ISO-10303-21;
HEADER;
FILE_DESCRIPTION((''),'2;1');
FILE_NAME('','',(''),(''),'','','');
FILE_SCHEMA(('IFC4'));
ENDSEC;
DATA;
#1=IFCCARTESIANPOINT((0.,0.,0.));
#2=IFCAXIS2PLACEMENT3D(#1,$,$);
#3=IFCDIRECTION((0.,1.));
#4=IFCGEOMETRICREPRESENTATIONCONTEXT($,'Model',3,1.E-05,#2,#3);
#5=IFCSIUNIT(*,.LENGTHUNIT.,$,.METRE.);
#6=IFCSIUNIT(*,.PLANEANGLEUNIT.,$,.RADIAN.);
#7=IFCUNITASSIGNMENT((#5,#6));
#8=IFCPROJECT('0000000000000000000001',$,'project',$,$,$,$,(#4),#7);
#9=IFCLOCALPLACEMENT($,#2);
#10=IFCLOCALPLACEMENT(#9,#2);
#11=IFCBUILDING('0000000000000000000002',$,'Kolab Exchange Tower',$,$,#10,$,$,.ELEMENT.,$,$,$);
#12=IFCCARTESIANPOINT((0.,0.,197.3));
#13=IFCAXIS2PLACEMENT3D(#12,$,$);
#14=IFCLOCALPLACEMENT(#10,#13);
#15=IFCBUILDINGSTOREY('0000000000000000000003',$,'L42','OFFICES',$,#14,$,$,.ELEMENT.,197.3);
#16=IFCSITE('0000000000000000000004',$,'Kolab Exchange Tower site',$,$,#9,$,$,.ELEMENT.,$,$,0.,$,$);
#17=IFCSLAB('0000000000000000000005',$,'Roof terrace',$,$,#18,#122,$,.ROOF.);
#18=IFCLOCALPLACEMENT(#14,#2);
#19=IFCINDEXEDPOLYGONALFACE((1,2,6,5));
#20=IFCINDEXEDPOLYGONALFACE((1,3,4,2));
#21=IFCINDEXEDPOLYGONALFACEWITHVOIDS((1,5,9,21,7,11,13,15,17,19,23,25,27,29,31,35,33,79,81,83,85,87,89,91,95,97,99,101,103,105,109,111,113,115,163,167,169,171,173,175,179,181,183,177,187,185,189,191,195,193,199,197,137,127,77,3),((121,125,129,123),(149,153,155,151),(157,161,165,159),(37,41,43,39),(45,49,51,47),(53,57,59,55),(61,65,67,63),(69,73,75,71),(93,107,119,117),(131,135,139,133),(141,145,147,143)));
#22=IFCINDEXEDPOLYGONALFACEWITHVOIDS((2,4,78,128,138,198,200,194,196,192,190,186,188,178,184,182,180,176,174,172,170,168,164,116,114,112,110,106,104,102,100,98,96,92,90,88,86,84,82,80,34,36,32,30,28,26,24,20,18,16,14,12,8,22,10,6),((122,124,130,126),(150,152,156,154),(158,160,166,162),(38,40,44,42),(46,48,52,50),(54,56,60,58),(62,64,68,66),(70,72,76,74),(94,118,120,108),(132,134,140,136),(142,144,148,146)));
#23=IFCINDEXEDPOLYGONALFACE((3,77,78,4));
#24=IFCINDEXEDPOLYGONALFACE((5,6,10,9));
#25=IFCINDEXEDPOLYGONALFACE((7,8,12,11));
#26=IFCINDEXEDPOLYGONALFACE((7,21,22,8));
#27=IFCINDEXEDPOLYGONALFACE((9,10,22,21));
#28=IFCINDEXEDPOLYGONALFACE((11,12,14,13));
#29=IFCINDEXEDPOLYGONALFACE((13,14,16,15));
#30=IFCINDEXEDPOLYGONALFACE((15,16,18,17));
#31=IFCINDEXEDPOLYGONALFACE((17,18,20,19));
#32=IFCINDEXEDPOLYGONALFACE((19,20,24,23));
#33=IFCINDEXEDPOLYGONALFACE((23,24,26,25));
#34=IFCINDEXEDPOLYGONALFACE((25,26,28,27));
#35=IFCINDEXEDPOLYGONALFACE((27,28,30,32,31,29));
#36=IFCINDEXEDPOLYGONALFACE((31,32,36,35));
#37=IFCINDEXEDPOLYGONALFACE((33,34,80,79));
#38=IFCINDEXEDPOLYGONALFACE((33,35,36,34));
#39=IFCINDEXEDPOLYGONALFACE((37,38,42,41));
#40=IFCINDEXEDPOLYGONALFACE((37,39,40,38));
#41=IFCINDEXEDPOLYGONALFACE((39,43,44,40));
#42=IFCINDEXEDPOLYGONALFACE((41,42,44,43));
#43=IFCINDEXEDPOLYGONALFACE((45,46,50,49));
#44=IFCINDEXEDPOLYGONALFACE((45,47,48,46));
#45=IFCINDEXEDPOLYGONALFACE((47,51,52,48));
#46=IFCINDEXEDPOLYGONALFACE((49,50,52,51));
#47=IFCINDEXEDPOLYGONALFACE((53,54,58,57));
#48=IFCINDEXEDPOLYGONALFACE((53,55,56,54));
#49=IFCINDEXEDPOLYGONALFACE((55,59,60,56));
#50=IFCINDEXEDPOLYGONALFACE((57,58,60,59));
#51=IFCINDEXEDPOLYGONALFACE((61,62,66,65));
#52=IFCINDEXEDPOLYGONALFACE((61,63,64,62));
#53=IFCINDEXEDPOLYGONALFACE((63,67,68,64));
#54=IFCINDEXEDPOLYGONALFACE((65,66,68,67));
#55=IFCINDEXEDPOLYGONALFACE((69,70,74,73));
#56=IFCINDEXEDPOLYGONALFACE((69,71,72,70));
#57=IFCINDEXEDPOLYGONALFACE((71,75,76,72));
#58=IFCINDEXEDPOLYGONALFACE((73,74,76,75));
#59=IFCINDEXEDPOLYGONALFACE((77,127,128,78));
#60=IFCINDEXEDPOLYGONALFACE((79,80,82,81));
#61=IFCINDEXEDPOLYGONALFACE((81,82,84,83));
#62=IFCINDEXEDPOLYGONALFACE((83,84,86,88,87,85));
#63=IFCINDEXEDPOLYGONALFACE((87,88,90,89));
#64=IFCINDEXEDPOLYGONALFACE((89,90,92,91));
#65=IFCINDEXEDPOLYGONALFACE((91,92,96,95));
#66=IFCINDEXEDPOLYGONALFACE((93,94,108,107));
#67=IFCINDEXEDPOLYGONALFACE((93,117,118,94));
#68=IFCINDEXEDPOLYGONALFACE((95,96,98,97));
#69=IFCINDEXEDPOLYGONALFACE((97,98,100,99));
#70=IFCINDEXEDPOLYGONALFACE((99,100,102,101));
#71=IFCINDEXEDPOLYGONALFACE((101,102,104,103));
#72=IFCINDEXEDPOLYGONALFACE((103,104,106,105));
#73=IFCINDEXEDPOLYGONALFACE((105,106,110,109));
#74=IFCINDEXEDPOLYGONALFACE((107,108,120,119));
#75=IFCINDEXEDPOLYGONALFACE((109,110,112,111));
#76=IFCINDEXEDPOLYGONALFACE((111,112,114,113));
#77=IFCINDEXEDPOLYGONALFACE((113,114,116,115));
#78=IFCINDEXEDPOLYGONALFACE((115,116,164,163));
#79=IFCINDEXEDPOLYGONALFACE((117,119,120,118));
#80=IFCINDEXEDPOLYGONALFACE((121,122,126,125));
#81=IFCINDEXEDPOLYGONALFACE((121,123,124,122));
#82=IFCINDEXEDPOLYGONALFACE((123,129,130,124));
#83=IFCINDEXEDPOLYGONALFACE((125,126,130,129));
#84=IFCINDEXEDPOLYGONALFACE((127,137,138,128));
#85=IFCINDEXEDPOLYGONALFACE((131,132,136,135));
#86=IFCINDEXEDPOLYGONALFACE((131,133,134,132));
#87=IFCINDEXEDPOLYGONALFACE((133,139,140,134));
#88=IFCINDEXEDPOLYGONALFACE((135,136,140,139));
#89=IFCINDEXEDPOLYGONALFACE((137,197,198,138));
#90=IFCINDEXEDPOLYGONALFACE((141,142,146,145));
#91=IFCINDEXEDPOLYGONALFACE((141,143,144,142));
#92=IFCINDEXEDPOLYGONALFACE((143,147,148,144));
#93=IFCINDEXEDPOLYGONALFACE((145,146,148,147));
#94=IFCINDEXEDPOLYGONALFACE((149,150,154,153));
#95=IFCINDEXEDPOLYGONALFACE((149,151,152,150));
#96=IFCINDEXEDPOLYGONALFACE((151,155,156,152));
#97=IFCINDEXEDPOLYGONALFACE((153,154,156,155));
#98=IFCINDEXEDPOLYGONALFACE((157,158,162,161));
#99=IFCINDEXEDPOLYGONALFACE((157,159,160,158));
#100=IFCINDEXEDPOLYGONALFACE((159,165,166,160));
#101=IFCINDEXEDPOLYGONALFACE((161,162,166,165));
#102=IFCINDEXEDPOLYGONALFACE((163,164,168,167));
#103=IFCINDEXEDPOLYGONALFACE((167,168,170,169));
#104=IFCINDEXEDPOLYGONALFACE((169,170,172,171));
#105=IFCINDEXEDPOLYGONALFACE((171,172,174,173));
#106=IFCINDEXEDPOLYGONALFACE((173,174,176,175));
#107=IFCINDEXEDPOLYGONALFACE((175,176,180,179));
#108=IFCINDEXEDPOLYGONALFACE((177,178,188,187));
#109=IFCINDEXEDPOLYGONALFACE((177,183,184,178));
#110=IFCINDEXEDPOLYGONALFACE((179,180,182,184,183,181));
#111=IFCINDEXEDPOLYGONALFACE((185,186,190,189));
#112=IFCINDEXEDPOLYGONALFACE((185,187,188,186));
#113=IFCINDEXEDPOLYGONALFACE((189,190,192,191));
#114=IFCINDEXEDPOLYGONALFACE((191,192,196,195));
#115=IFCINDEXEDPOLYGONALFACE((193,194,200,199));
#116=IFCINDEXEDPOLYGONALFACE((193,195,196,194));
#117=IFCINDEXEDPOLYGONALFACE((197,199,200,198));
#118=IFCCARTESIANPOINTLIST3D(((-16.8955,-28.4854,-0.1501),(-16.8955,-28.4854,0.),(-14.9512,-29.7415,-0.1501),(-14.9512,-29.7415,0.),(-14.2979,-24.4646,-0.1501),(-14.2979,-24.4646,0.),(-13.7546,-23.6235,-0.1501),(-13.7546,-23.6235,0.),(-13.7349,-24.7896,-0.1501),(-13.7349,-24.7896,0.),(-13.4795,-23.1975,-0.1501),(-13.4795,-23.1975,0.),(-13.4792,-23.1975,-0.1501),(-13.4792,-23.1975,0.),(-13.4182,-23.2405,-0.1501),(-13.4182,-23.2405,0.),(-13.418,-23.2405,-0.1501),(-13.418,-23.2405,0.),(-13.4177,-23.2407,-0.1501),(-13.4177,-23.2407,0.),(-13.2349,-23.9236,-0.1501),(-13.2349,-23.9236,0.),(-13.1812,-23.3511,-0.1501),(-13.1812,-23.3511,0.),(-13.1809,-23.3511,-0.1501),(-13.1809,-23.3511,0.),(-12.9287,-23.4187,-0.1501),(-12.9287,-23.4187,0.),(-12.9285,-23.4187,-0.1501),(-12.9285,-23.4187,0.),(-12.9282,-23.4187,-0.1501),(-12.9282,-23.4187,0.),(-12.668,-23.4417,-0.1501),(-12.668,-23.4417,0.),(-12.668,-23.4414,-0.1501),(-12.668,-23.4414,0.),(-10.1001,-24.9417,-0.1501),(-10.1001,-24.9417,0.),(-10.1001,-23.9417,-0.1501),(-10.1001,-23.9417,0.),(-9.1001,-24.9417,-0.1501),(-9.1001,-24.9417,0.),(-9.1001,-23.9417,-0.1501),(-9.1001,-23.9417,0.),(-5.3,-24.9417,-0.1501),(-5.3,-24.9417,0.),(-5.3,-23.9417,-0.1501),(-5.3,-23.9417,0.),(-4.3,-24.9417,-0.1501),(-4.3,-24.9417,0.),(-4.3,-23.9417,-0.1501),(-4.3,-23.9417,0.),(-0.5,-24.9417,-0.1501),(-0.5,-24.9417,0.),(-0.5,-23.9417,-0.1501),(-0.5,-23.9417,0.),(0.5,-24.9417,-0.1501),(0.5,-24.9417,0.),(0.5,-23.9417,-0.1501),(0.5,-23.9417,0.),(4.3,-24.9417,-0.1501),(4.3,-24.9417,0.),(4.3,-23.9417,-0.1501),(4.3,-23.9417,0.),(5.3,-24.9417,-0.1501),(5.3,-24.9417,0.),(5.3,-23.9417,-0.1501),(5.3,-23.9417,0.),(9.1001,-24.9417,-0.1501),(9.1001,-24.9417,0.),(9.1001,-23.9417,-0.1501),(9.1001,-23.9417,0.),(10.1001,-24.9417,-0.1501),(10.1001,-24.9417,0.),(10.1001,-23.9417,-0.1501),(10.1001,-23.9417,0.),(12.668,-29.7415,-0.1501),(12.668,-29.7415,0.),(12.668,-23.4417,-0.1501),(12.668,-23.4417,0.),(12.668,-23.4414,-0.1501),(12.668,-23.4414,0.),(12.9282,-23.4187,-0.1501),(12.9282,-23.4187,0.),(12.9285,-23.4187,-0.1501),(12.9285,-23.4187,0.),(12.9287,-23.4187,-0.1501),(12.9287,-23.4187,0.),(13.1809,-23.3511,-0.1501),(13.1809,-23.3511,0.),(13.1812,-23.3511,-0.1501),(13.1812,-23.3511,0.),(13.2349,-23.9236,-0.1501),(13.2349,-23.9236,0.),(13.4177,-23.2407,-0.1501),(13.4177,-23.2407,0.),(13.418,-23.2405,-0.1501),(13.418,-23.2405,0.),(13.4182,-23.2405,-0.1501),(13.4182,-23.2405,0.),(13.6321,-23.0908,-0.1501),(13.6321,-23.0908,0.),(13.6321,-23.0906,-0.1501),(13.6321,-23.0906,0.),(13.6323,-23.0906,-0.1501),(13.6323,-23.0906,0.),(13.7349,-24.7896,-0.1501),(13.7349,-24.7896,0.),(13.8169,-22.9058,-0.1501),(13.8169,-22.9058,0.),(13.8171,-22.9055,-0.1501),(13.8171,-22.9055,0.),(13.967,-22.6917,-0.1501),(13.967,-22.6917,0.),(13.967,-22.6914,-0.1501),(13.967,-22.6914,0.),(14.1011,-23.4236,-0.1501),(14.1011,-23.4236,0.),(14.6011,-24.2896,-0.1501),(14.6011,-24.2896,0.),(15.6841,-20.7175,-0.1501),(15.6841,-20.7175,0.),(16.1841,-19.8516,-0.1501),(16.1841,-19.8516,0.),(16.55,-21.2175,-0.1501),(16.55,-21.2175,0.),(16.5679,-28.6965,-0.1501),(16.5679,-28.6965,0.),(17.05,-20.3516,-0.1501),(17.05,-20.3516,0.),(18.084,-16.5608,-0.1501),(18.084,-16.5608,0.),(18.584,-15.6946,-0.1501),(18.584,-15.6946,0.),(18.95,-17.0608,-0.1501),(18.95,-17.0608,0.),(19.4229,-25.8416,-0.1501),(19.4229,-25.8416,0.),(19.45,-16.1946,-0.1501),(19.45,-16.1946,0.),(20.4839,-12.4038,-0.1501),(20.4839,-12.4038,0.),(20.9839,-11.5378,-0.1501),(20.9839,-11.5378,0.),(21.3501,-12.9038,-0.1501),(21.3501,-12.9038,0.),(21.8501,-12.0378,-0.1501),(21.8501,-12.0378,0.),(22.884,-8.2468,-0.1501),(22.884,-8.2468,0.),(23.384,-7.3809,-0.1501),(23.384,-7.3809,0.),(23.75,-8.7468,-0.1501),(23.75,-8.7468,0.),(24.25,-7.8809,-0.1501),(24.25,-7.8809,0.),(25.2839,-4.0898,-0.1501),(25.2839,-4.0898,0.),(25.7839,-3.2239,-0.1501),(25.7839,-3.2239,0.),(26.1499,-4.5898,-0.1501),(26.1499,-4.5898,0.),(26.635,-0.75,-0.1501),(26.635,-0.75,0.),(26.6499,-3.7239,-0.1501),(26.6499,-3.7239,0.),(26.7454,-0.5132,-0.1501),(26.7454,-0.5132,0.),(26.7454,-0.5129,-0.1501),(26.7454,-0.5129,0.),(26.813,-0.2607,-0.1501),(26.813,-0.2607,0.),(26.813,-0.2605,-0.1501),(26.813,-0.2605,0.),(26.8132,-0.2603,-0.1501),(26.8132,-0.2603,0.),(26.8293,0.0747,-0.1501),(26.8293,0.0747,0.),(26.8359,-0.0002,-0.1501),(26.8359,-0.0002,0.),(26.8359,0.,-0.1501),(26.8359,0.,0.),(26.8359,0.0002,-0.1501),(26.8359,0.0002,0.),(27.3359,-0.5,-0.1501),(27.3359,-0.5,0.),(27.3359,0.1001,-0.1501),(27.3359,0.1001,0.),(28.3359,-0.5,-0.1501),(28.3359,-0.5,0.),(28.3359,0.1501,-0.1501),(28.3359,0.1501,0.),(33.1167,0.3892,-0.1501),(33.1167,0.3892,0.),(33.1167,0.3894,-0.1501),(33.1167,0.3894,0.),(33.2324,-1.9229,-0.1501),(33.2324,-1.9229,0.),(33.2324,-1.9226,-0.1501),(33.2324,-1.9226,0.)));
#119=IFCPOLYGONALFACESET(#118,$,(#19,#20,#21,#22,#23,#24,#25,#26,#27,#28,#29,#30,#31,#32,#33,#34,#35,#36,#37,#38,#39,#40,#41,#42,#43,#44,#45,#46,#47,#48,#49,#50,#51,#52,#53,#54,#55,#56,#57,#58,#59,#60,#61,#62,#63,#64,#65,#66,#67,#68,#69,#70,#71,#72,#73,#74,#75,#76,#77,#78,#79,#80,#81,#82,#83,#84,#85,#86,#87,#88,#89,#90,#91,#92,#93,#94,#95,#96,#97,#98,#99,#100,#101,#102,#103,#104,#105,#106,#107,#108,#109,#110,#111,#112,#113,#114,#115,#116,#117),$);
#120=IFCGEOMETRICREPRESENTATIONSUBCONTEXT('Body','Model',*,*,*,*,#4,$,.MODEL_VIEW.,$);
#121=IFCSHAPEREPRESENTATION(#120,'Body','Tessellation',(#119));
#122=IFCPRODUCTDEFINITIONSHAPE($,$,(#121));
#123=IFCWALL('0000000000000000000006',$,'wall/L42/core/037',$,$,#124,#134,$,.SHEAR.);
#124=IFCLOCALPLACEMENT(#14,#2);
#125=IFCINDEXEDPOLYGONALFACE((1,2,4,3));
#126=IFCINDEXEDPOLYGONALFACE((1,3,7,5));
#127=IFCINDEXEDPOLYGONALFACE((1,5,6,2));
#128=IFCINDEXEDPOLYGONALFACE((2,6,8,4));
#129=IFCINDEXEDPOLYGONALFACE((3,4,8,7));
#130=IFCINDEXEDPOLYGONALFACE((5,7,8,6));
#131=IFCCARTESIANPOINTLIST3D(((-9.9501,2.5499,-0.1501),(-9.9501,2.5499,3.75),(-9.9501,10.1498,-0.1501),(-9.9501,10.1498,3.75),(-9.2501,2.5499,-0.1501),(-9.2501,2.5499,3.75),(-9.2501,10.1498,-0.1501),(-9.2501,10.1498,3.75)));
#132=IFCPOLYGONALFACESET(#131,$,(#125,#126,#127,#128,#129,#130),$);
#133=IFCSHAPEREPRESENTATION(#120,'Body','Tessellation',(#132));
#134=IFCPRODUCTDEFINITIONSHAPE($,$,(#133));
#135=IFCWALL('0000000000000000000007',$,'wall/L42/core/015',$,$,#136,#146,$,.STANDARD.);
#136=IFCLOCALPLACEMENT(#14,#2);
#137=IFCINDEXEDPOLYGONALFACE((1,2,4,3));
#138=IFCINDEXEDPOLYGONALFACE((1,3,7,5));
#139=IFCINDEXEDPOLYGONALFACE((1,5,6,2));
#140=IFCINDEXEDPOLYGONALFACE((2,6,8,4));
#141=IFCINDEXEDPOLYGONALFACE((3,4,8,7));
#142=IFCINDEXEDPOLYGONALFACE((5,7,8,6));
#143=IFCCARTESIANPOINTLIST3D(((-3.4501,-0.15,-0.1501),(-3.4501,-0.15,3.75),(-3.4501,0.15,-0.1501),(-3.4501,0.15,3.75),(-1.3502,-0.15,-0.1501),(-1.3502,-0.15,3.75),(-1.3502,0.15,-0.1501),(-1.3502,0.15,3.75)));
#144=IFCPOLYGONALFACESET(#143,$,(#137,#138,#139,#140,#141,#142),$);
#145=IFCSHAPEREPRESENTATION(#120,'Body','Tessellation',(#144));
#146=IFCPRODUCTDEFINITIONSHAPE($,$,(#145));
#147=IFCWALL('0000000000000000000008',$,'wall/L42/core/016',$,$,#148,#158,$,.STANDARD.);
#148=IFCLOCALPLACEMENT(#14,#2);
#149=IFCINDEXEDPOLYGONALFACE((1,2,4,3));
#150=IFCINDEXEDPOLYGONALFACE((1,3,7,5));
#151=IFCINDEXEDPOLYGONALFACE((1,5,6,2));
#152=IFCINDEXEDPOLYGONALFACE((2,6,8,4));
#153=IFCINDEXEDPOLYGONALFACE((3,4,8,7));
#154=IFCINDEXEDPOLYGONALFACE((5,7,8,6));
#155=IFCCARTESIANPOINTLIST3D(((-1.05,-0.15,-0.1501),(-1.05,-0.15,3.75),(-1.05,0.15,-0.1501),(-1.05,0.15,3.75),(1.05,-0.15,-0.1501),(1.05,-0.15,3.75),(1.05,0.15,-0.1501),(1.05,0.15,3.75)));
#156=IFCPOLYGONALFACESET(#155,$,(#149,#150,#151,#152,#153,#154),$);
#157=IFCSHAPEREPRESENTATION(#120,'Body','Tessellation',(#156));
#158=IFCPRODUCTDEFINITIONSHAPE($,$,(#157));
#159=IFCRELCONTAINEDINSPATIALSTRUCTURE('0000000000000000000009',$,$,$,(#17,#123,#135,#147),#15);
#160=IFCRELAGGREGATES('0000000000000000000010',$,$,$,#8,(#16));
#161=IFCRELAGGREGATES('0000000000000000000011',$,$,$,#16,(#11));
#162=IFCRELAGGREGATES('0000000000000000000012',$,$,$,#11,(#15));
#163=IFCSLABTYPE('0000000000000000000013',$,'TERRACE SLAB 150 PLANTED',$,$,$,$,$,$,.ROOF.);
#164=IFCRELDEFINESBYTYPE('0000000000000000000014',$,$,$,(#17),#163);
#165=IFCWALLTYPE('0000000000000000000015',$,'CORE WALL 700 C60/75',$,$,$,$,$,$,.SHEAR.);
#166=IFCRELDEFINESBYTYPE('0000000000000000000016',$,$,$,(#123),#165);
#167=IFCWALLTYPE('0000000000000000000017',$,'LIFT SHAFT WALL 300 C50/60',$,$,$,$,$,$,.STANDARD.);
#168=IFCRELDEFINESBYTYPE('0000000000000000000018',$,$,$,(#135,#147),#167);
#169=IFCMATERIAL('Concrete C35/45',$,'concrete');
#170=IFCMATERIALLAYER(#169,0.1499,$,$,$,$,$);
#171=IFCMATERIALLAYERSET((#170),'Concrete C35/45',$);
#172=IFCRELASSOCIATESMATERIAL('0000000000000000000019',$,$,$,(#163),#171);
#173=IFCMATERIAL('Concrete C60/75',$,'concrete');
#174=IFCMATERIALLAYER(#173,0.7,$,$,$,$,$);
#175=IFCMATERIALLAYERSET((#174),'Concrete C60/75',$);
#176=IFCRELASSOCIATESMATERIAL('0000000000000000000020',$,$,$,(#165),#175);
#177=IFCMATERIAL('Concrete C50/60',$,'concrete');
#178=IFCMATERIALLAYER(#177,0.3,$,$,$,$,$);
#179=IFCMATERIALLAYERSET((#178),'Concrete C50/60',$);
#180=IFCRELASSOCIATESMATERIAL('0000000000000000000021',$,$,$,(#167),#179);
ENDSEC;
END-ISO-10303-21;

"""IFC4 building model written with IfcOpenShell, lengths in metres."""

from ifc_helpers import new_model, si_unit, direction, frame, frame_2d, origin, place, context, subcontext, project, spatial, polyline, rectangle, outline, extrude, material, layer, layer_set, type_object, element, save


model = new_model("IFC4")

# Units and contexts
model_context = context("Model", 3, precision=1e-05, world=origin(), true_north=direction((0.0, 1.0)))
body_context = subcontext(model_context, "Body", "Model", "MODEL_VIEW")
ifc_project = project(units=[si_unit("LENGTHUNIT", "METRE"), si_unit("PLANEANGLEUNIT", "RADIAN")], contexts=[model_context])

# Site, building, storey
site_placement = place(None, origin())
site = spatial("IfcSite", under=ifc_project, at=site_placement, Name="Kolab Exchange Tower site", CompositionType="ELEMENT", RefElevation=0.0)
building_placement = place(site_placement, origin())
building = spatial("IfcBuilding", under=site, at=building_placement, Name="Kolab Exchange Tower", CompositionType="ELEMENT")
storey_placement = place(building_placement, frame((0.0, 0.0, 197.3)))
storey = spatial("IfcBuildingStorey", under=building, at=storey_placement, Name="L42", Description="OFFICES", CompositionType="ELEMENT", Elevation=197.3)

# Slab
ifc_material_1 = material(Name="Concrete C35/45", Category="concrete")
ifc_layer_1 = layer(ifc_material_1, 0.1499)
ifc_layer_set_1 = layer_set([ifc_layer_1], Name="Concrete C35/45")
slab_type_1 = type_object("IfcSlabType", Name="TERRACE SLAB 150 PLANTED", PredefinedType="ROOF", material=ifc_layer_set_1)
slab_1_placement = place(storey_placement, frame((0.0, 0.0, -0.1501)))
element("IfcSlab", 1, at=slab_1_placement, inside=storey, type_object=slab_type_1, Name="Roof terrace", PredefinedType="ROOF", context=body_context, shape_type="SweptSolid", body=[
    extrude(outline(polyline([(-16.8955, -28.4854), (-14.9512, -29.7415), (12.668, -29.7415), (16.5679, -28.6965), (19.4229, -25.8416), (33.2324, -1.9229), (33.2324, -1.9226), (33.1167, 0.3892), (33.1167, 0.3894), (28.3359, 0.1501), (28.3359, -0.5), (27.3359, -0.5), (27.3359, 0.1001), (26.8293, 0.0747), (26.8359, 0.0002), (26.8359, 0.0), (26.8359, -0.0002), (26.8132, -0.2603), (26.813, -0.2605), (26.813, -0.2607), (26.7454, -0.5129), (26.7454, -0.5132), (26.635, -0.75), (13.967, -22.6914), (13.967, -22.6917), (13.8171, -22.9055), (13.8169, -22.9058), (13.6323, -23.0906), (13.6321, -23.0906), (13.6321, -23.0908), (13.4182, -23.2405), (13.418, -23.2405), (13.4177, -23.2407), (13.1812, -23.3511), (13.1809, -23.3511), (12.9287, -23.4187), (12.9285, -23.4187), (12.9282, -23.4187), (12.668, -23.4414), (12.668, -23.4417), (-12.668, -23.4417), (-12.668, -23.4414), (-12.9282, -23.4187), (-12.9285, -23.4187), (-12.9287, -23.4187), (-13.1809, -23.3511), (-13.1812, -23.3511), (-13.4177, -23.2407), (-13.418, -23.2405), (-13.4182, -23.2405), (-13.4792, -23.1975), (-13.4795, -23.1975), (-13.7546, -23.6235), (-13.2349, -23.9236), (-13.7349, -24.7896), (-14.2979, -24.4646), (-16.8955, -28.4854)]), holes=[polyline([(-10.1001, -24.9417), (-10.1001, -23.9417), (-9.1001, -23.9417), (-9.1001, -24.9417), (-10.1001, -24.9417)]), polyline([(-0.5, -23.9417), (0.5, -23.9417), (0.5, -24.9417), (-0.5, -24.9417), (-0.5, -23.9417)]), polyline([(-5.3, -23.9417), (-4.3, -23.9417), (-4.3, -24.9417), (-5.3, -24.9417), (-5.3, -23.9417)]), polyline([(4.3, -23.9417), (5.3, -23.9417), (5.3, -24.9417), (4.3, -24.9417), (4.3, -23.9417)]), polyline([(9.1001, -23.9417), (10.1001, -23.9417), (10.1001, -24.9417), (9.1001, -24.9417), (9.1001, -23.9417)]), polyline([(13.2349, -23.9236), (14.1011, -23.4236), (14.6011, -24.2896), (13.7349, -24.7896), (13.2349, -23.9236)]), polyline([(15.6841, -20.7175), (16.1841, -19.8516), (17.05, -20.3516), (16.55, -21.2175), (15.6841, -20.7175)]), polyline([(18.084, -16.5608), (18.584, -15.6946), (19.45, -16.1946), (18.95, -17.0608), (18.084, -16.5608)]), polyline([(20.4839, -12.4038), (20.9839, -11.5378), (21.8501, -12.0378), (21.3501, -12.9038), (20.4839, -12.4038)]), polyline([(23.75, -8.7468), (22.884, -8.2468), (23.384, -7.3809), (24.25, -7.8809), (23.75, -8.7468)]), polyline([(25.2839, -4.0898), (25.7839, -3.2239), (26.6499, -3.7239), (26.1499, -4.5898), (25.2839, -4.0898)])]), origin(), (0.0, 0.0, 1.0), 0.1501),
])

# Walls
ifc_material_2 = material(Name="Concrete C60/75", Category="concrete")
ifc_layer_2 = layer(ifc_material_2, 0.7)
ifc_layer_set_2 = layer_set([ifc_layer_2], Name="Concrete C60/75")
wall_type_1 = type_object("IfcWallType", Name="CORE WALL 700 C60/75", PredefinedType="SHEAR", material=ifc_layer_set_2)
wall_1_placement = place(storey_placement, frame((-9.6001, 2.55, -0.1501), z_axis=(0.0, 0.0, 1.0), x_axis=(0.0, 1.0, 0.0)))
element("IfcWall", 2, at=wall_1_placement, inside=storey, type_object=wall_type_1, Name="wall/L42/core/037", PredefinedType="SHEAR", context=body_context, shape_type="SweptSolid", body=[
    extrude(rectangle(XDim=7.5999, YDim=0.7, at=frame_2d((3.7998, 0.0))), origin(), (0.0, 0.0, 1.0), 3.9001),
])
ifc_material_3 = material(Name="Concrete C50/60", Category="concrete")
ifc_layer_3 = layer(ifc_material_3, 0.3)
ifc_layer_set_3 = layer_set([ifc_layer_3], Name="Concrete C50/60")
wall_type_2 = type_object("IfcWallType", Name="LIFT SHAFT WALL 300 C50/60", PredefinedType="STANDARD", material=ifc_layer_set_3)
wall_2_placement = place(storey_placement, frame((-3.45, 0.0, -0.1501), z_axis=(0.0, 0.0, 1.0), x_axis=(1.0, 0.0, 0.0)))
element("IfcWall", 3, at=wall_2_placement, inside=storey, type_object=wall_type_2, Name="wall/L42/core/015", PredefinedType="STANDARD", context=body_context, shape_type="SweptSolid", body=[
    extrude(rectangle(XDim=2.0999, YDim=0.3, at=frame_2d((1.0498, 0.0))), origin(), (0.0, 0.0, 1.0), 3.9001),
])
wall_3_placement = place(storey_placement, frame((-1.05, 0.0, -0.1501), z_axis=(0.0, 0.0, 1.0), x_axis=(1.0, 0.0, 0.0)))
element("IfcWall", 4, at=wall_3_placement, inside=storey, type_object=wall_type_2, Name="wall/L42/core/016", PredefinedType="STANDARD", context=body_context, shape_type="SweptSolid", body=[
    extrude(rectangle(XDim=2.1001, YDim=0.3, at=frame_2d((1.05, 0.0))), origin(), (0.0, 0.0, 1.0), 3.9001),
])

save(model, "model.ifc")
